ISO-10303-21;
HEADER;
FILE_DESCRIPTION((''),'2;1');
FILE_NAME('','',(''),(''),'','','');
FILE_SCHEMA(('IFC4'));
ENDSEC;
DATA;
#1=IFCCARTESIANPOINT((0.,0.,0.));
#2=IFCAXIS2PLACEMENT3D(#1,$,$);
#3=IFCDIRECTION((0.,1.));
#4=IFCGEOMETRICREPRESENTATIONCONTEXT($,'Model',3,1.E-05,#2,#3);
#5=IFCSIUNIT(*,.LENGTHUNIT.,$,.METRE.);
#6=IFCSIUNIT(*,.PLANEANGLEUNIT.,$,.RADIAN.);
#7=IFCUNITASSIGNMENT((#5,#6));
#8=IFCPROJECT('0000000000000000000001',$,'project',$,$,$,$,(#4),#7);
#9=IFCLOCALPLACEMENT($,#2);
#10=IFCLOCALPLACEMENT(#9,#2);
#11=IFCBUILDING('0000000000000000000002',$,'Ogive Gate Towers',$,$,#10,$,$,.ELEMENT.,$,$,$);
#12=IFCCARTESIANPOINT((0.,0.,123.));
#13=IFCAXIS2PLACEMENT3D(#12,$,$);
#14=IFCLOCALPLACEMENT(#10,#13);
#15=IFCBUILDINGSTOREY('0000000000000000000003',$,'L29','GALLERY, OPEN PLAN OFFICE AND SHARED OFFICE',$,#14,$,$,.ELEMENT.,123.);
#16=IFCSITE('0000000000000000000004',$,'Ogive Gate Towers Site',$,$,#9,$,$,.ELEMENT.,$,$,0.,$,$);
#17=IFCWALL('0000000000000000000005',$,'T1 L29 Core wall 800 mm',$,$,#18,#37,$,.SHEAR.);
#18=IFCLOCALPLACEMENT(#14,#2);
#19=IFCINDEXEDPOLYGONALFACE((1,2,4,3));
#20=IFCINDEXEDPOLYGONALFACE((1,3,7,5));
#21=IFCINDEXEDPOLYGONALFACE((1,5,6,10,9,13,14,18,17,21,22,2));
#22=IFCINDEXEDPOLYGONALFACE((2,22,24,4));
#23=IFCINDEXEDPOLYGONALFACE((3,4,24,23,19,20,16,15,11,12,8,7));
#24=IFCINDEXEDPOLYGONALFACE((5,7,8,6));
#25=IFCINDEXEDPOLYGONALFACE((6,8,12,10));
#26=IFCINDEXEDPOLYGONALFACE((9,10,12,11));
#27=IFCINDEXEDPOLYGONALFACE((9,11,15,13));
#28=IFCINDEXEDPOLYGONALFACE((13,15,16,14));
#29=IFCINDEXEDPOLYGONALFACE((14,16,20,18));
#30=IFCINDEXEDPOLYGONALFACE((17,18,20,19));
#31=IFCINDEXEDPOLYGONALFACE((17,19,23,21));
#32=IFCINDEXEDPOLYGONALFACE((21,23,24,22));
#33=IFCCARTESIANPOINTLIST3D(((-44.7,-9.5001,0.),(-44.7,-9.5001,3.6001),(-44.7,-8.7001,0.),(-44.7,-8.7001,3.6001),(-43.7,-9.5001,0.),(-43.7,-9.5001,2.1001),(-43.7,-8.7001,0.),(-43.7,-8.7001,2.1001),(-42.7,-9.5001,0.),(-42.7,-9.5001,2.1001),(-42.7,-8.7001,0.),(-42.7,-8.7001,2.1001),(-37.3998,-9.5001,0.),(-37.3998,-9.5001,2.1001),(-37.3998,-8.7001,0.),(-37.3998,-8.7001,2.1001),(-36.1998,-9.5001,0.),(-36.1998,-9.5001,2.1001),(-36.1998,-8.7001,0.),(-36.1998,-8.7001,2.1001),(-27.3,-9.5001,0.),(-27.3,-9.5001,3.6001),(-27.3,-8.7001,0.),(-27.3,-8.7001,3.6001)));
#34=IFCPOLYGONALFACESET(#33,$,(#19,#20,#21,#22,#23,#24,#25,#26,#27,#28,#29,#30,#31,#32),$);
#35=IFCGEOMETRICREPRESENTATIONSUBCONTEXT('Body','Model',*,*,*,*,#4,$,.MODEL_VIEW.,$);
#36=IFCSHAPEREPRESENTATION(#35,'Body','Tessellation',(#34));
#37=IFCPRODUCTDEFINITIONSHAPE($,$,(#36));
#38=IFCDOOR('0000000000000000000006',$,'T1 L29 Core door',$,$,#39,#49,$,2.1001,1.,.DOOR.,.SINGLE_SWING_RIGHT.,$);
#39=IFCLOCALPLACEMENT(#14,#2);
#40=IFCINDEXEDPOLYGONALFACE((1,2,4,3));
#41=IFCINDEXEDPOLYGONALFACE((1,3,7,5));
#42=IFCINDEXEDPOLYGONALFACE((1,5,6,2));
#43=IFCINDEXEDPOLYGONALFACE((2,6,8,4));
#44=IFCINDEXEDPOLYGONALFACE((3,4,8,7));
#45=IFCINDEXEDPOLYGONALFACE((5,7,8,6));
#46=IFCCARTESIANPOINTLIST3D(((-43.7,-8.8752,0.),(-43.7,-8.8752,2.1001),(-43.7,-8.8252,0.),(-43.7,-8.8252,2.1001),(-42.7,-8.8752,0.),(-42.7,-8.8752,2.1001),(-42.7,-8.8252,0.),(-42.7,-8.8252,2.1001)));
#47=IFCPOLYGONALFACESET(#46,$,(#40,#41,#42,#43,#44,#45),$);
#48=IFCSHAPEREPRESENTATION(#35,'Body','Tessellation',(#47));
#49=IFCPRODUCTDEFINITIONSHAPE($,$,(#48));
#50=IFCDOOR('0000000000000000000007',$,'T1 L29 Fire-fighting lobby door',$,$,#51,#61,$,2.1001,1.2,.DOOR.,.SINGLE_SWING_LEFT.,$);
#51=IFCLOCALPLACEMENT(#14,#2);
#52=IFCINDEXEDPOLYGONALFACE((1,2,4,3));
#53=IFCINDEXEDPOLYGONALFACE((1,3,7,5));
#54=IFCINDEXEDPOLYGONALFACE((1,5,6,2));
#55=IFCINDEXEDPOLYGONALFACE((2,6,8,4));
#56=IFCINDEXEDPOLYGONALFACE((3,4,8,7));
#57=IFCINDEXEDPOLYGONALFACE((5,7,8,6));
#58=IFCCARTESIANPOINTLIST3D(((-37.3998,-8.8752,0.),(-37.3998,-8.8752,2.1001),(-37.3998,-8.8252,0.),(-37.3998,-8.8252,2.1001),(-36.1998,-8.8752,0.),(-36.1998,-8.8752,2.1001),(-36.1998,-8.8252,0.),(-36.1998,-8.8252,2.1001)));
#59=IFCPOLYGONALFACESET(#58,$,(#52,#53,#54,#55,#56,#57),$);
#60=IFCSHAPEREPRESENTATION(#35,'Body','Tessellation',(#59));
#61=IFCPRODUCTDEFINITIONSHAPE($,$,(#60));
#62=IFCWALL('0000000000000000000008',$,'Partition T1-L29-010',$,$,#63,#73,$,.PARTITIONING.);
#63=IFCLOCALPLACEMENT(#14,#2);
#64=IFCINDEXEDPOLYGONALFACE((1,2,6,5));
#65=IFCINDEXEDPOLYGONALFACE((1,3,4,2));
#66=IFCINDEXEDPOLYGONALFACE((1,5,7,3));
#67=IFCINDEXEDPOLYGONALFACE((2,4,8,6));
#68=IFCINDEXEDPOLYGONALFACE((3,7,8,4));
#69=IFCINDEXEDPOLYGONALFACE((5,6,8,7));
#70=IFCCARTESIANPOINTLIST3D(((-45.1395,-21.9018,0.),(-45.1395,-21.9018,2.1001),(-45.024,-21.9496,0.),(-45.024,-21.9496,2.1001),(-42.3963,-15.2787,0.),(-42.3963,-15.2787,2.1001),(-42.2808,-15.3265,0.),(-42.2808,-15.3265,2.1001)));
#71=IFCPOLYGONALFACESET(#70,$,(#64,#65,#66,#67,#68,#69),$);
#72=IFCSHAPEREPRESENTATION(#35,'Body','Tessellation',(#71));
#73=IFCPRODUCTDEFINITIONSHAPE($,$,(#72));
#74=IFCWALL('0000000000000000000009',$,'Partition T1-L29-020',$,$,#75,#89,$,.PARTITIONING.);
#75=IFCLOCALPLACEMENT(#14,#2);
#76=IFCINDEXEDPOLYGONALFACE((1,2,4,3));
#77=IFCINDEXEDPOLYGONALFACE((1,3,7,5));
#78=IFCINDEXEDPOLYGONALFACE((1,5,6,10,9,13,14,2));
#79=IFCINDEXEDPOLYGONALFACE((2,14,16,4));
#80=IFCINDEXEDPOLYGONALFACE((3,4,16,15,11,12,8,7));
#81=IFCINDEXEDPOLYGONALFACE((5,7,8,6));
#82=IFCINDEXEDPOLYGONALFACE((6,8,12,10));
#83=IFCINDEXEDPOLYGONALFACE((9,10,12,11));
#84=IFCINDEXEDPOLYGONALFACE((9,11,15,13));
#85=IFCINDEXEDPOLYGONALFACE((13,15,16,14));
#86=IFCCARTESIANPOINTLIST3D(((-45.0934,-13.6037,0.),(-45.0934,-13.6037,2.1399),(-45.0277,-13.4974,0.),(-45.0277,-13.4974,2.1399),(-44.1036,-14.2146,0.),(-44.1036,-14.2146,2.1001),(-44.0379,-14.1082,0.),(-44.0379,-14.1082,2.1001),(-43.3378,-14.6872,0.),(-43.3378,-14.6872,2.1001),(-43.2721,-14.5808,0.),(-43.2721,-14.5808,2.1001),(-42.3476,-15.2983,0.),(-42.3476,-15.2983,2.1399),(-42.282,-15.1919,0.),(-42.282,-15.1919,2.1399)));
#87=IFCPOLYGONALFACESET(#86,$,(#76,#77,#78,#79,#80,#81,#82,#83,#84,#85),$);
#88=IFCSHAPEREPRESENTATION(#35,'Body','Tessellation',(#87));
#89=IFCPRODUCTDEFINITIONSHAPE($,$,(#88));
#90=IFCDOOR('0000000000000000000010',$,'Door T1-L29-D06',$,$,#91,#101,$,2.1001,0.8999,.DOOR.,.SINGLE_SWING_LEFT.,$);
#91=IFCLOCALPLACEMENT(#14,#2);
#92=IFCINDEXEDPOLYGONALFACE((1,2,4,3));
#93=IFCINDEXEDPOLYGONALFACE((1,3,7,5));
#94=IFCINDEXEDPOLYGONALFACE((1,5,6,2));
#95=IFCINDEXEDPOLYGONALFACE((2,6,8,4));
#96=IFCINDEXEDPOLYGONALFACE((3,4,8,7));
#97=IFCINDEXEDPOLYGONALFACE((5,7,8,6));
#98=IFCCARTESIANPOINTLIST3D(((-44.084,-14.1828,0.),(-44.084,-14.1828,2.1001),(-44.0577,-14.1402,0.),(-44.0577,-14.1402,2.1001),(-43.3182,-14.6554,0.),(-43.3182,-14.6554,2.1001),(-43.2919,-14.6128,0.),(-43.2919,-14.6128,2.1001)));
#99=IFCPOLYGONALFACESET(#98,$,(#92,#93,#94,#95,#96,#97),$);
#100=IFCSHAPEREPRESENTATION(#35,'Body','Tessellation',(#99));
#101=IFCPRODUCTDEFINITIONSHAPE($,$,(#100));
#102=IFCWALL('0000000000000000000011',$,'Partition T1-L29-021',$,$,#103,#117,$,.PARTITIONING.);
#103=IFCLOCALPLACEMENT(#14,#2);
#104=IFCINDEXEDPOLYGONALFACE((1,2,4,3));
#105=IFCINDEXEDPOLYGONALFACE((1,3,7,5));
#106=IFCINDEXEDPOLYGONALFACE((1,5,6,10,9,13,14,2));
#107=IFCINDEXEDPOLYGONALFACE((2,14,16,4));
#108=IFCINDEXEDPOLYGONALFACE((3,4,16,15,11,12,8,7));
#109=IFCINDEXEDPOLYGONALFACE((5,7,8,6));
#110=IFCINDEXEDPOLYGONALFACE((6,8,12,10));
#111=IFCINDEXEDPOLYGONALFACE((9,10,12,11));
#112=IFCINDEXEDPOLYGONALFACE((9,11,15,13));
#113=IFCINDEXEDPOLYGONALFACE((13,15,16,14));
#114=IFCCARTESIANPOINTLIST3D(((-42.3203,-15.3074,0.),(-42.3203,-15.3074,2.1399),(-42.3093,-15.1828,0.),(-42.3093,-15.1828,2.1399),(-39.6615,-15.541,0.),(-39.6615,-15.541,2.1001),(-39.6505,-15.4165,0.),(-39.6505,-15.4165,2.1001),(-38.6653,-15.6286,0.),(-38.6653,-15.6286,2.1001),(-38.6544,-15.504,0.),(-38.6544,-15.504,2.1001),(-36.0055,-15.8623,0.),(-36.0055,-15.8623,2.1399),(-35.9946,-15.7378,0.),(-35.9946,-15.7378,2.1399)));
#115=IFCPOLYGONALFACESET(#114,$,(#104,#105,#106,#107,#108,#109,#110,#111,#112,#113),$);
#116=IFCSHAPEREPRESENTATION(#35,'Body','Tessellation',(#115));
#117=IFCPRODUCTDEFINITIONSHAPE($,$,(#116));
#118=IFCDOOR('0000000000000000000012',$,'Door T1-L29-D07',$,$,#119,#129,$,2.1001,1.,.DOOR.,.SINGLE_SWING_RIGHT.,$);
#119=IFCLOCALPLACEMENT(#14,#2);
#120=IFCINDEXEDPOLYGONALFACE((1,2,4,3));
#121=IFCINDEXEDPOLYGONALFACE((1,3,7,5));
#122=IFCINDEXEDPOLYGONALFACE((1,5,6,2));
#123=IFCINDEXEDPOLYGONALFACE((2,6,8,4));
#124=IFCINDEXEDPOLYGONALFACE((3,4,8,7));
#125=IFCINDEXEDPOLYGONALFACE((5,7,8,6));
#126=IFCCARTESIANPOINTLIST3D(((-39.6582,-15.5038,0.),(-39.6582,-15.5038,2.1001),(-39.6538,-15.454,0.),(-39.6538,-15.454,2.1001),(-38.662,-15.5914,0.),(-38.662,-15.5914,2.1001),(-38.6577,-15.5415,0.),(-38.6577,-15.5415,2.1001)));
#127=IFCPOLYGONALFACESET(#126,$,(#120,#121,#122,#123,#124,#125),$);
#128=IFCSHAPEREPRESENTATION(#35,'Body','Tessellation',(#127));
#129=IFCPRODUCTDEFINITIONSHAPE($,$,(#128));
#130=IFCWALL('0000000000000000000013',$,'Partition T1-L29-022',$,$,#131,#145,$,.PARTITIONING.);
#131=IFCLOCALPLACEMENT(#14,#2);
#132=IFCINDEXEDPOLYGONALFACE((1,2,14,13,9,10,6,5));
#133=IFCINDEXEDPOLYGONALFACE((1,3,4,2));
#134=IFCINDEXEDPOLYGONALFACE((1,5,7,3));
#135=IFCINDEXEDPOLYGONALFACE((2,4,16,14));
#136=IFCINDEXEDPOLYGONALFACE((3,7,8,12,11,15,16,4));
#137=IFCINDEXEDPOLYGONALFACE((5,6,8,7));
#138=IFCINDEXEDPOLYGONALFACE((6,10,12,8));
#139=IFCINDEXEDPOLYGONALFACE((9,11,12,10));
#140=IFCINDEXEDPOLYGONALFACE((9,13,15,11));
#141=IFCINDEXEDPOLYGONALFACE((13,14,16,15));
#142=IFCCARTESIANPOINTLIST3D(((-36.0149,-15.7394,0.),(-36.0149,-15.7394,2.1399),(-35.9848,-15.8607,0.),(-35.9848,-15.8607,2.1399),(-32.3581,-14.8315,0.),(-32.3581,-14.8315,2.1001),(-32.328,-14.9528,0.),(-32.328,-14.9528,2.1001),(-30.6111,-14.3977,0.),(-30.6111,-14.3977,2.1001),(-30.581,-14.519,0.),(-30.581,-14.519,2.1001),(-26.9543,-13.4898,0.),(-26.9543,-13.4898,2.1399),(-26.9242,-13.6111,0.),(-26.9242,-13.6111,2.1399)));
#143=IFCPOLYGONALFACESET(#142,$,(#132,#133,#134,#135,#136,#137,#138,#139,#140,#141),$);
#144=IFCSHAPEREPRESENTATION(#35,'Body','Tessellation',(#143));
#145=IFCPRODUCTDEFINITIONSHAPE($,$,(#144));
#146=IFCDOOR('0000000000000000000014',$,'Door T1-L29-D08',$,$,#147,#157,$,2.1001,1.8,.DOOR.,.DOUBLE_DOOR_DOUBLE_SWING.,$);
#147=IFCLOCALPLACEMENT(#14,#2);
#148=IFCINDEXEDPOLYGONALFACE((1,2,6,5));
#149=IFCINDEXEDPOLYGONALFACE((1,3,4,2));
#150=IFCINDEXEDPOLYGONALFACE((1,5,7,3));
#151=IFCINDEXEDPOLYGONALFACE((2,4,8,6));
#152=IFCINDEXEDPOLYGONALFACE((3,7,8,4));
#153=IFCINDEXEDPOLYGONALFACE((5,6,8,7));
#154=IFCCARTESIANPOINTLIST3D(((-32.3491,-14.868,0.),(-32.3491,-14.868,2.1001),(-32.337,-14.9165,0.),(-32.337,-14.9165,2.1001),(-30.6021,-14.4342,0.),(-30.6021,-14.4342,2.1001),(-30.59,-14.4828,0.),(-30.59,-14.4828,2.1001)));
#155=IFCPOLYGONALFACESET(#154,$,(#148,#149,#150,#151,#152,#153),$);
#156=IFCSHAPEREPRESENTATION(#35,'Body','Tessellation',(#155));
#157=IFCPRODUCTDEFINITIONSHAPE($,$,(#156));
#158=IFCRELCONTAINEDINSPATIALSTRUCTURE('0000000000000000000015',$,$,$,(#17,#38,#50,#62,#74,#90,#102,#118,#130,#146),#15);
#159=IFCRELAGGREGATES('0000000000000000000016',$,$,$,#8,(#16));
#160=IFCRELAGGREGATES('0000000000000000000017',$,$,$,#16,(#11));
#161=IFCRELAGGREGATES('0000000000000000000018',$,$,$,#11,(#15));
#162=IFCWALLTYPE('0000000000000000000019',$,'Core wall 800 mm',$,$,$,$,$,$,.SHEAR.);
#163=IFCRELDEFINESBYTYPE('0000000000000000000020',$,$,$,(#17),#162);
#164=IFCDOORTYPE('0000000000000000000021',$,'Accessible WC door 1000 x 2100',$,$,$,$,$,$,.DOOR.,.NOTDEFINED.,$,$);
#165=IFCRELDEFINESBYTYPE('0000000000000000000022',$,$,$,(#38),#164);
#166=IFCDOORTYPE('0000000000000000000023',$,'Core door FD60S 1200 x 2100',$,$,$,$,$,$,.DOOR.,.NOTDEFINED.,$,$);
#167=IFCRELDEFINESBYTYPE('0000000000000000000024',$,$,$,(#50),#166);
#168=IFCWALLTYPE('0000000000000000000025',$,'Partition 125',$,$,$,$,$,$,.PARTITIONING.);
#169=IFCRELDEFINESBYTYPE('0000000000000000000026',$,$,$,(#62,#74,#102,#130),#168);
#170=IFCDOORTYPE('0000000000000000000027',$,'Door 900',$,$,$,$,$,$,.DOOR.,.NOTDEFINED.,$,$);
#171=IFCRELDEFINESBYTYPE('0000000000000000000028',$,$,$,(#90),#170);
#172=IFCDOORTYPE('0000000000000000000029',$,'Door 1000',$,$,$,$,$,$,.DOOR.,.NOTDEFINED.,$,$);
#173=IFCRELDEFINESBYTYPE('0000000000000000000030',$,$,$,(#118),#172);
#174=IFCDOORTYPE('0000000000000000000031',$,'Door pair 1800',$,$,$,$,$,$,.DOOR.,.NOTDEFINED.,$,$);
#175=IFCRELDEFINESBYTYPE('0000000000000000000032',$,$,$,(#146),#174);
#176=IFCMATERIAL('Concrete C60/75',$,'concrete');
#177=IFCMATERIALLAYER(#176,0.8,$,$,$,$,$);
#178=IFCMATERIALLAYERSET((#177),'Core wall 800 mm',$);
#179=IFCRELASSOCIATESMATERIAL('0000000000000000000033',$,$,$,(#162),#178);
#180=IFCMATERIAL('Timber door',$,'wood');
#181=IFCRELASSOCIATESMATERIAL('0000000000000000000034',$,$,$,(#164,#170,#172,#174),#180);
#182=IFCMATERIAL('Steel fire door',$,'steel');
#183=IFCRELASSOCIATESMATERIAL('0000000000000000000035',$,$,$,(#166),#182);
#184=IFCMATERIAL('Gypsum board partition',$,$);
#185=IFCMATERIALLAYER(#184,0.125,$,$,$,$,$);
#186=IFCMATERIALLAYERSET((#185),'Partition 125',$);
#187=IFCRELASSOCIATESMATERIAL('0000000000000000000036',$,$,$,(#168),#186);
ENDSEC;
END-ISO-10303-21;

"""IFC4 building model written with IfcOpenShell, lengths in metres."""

from ifc_helpers import new_model, si_unit, direction, frame, frame_2d, origin, place, context, subcontext, project, spatial, rectangle, extrude, material, layer, layer_set, type_object, element, fill, save


model = new_model("IFC4")

# Units and contexts
model_context = context("Model", 3, precision=1e-05, world=origin(), true_north=direction((0.0, 1.0)))
body_context = subcontext(model_context, "Body", "Model", "MODEL_VIEW")
ifc_project = project(units=[si_unit("LENGTHUNIT", "METRE"), si_unit("PLANEANGLEUNIT", "RADIAN")], contexts=[model_context])

# Site, building, storey
site_placement = place(None, origin())
site = spatial("IfcSite", under=ifc_project, at=site_placement, Name="Ogive Gate Towers Site", CompositionType="ELEMENT", RefElevation=0.0)
building_placement = place(site_placement, origin())
building = spatial("IfcBuilding", under=site, at=building_placement, Name="Ogive Gate Towers", CompositionType="ELEMENT")
storey_placement = place(building_placement, frame((0.0, 0.0, 123.0)))
storey = spatial("IfcBuildingStorey", under=building, at=storey_placement, Name="L29", Description="GALLERY, OPEN PLAN OFFICE AND SHARED OFFICE", CompositionType="ELEMENT", Elevation=123.0)

# Wall, openings, doors
ifc_material_1 = material(Name="Concrete C60/75", Category="concrete")
ifc_layer_1 = layer(ifc_material_1, 0.8)
ifc_layer_set_1 = layer_set([ifc_layer_1], Name="Core wall 800 mm")
wall_type_1 = type_object("IfcWallType", Name="Core wall 800 mm", PredefinedType="SHEAR", material=ifc_layer_set_1)
wall_1_placement = place(storey_placement, frame((-44.7, -9.1001, 0.0), z_axis=(0.0, 0.0, 1.0), x_axis=(1.0, 0.0, 0.0)))
wall_1 = element("IfcWall", 1, at=wall_1_placement, inside=storey, type_object=wall_type_1, Name="T1 L29 Core wall 800 mm", PredefinedType="SHEAR", context=body_context, shape_type="SweptSolid", body=[
    extrude(rectangle(XDim=17.3999, YDim=0.8, at=frame_2d((8.7, 0.0))), origin(), (0.0, 0.0, 1.0), 3.6001),
])
opening_1_placement = place(wall_1_placement, frame((7.3, 0.0, 0.0)))
opening_1 = element("IfcOpeningElement", 2, at=opening_1_placement, cuts=wall_1, PredefinedType="OPENING", context=body_context, shape_type="SweptSolid", body=[
    extrude(rectangle(XDim=1.2, YDim=2.1001, at=frame_2d((0.6001, 1.05))), frame((0.0, 0.4102, 0.0), z_axis=(0.0, -1.0, 0.0), x_axis=(1.0, 0.0, 0.0)), (0.0, 0.0, 1.0), 0.8201),
])
opening_2_placement = place(wall_1_placement, frame((1.0, 0.0, 0.0)))
opening_2 = element("IfcOpeningElement", 3, at=opening_2_placement, cuts=wall_1, PredefinedType="OPENING", context=body_context, shape_type="SweptSolid", body=[
    extrude(rectangle(XDim=1.0, YDim=2.1001, at=frame_2d((0.5, 1.05))), frame((0.0, 0.4102, 0.0), z_axis=(0.0, -1.0, 0.0), x_axis=(1.0, 0.0, 0.0)), (0.0, 0.0, 1.0), 0.8201),
])
ifc_material_2 = material(Name="Timber door", Category="wood")
door_type_1 = type_object("IfcDoorType", Name="Accessible WC door 1000 x 2100", OperationType="NOTDEFINED", PredefinedType="DOOR", material=ifc_material_2)
door_1_placement = place(opening_2_placement, origin())
door_1 = element("IfcDoor", 4, at=door_1_placement, inside=storey, type_object=door_type_1, Name="T1 L29 Core door", OperationType="SINGLE_SWING_RIGHT", OverallHeight=2.1001, OverallWidth=1.0, PredefinedType="DOOR", context=body_context, shape_type="SweptSolid", body=[
    extrude(rectangle(XDim=1.0, YDim=2.1001, at=frame_2d((0.5, 1.05))), frame((0.0, 0.2749, 0.0), z_axis=(0.0, -1.0, 0.0), x_axis=(1.0, 0.0, 0.0)), (0.0, 0.0, 1.0), 0.05),
])
fill(opening_2, door_1)
ifc_material_3 = material(Name="Steel fire door", Category="steel")
door_type_2 = type_object("IfcDoorType", Name="Core door FD60S 1200 x 2100", OperationType="NOTDEFINED", PredefinedType="DOOR", material=ifc_material_3)
door_2_placement = place(opening_1_placement, origin())
door_2 = element("IfcDoor", 5, at=door_2_placement, inside=storey, type_object=door_type_2, Name="T1 L29 Fire-fighting lobby door", OperationType="SINGLE_SWING_LEFT", OverallHeight=2.1001, OverallWidth=1.2, PredefinedType="DOOR", context=body_context, shape_type="SweptSolid", body=[
    extrude(rectangle(XDim=1.2, YDim=2.1001, at=frame_2d((0.6001, 1.05))), frame((0.0, 0.2749, 0.0), z_axis=(0.0, -1.0, 0.0), x_axis=(1.0, 0.0, 0.0)), (0.0, 0.0, 1.0), 0.05),
])
fill(opening_1, door_2)

# Wall
ifc_material_4 = material(Name="Gypsum board partition")
ifc_layer_2 = layer(ifc_material_4, 0.125)
ifc_layer_set_2 = layer_set([ifc_layer_2], Name="Partition 125")
wall_type_2 = type_object("IfcWallType", Name="Partition 125", PredefinedType="PARTITIONING", material=ifc_layer_set_2)
wall_2_placement = place(storey_placement, frame((-45.0818, -21.9258, 0.0), z_axis=(0.0, 0.0, 1.0), x_axis=(0.382661, 0.923889, 0.0)))
element("IfcWall", 6, at=wall_2_placement, inside=storey, type_object=wall_type_2, Name="Partition T1-L29-010", PredefinedType="PARTITIONING", context=body_context, shape_type="SweptSolid", body=[
    extrude(rectangle(XDim=7.1687, YDim=0.125, at=frame_2d((3.5845, 0.0))), origin(), (0.0, 0.0, 1.0), 2.1001),
])

# Walls, openings, doors
wall_3_placement = place(storey_placement, frame((-45.0605, -13.5505, 0.0), z_axis=(0.0, 0.0, 1.0), x_axis=(0.85099, -0.525182, 0.0)))
wall_3 = element("IfcWall", 7, at=wall_3_placement, inside=storey, type_object=wall_type_2, Name="Partition T1-L29-020", PredefinedType="PARTITIONING", context=body_context, shape_type="SweptSolid", body=[
    extrude(rectangle(XDim=3.2266, YDim=0.125, at=frame_2d((1.6133, 0.0))), origin(), (0.0, 0.0, 1.0), 2.1399),
])
opening_3_placement = place(wall_3_placement, frame((1.1631, 0.0, 0.0)))
opening_3 = element("IfcOpeningElement", 8, at=opening_3_placement, cuts=wall_3, PredefinedType="OPENING", context=body_context, shape_type="SweptSolid", body=[
    extrude(rectangle(XDim=0.8999, YDim=2.1001, at=frame_2d((0.45, 1.05))), frame((0.0, 0.0725, 0.0), z_axis=(0.0, -1.0, 0.0), x_axis=(1.0, 0.0, 0.0)), (0.0, 0.0, 1.0), 0.145),
])
door_type_3 = type_object("IfcDoorType", Name="Door 900", OperationType="NOTDEFINED", PredefinedType="DOOR", material=ifc_material_2)
door_3_placement = place(opening_3_placement, origin())
door_3 = element("IfcDoor", 9, at=door_3_placement, inside=storey, type_object=door_type_3, Name="Door T1-L29-D06", OperationType="SINGLE_SWING_LEFT", OverallHeight=2.1001, OverallWidth=0.8999, PredefinedType="DOOR", context=body_context, shape_type="SweptSolid", body=[
    extrude(rectangle(XDim=0.8999, YDim=2.1001, at=frame_2d((0.45, 1.05))), frame((0.0, 0.0249, 0.0), z_axis=(0.0, -1.0, 0.0), x_axis=(1.0, 0.0, 0.0)), (0.0, 0.0, 1.0), 0.05),
])
fill(opening_3, door_3)
wall_4_placement = place(storey_placement, frame((-42.3147, -15.2451, 0.0), z_axis=(0.0, 0.0, 1.0), x_axis=(0.996161, -0.087542, 0.0)))
wall_4 = element("IfcWall", 10, at=wall_4_placement, inside=storey, type_object=wall_type_2, Name="Partition T1-L29-021", PredefinedType="PARTITIONING", context=body_context, shape_type="SweptSolid", body=[
    extrude(rectangle(XDim=6.3391, YDim=0.125, at=frame_2d((3.1694, 0.0))), origin(), (0.0, 0.0, 1.0), 2.1399),
])
opening_4_placement = place(wall_4_placement, frame((2.6689, 0.0, 0.0)))
opening_4 = element("IfcOpeningElement", 11, at=opening_4_placement, cuts=wall_4, PredefinedType="OPENING", context=body_context, shape_type="SweptSolid", body=[
    extrude(rectangle(XDim=1.0, YDim=2.1001, at=frame_2d((0.5, 1.05))), frame((0.0, 0.0725, 0.0), z_axis=(0.0, -1.0, 0.0), x_axis=(1.0, 0.0, 0.0)), (0.0, 0.0, 1.0), 0.145),
])
door_type_4 = type_object("IfcDoorType", Name="Door 1000", OperationType="NOTDEFINED", PredefinedType="DOOR", material=ifc_material_2)
door_4_placement = place(opening_4_placement, origin())
door_4 = element("IfcDoor", 12, at=door_4_placement, inside=storey, type_object=door_type_4, Name="Door T1-L29-D07", OperationType="SINGLE_SWING_RIGHT", OverallHeight=2.1001, OverallWidth=1.0, PredefinedType="DOOR", context=body_context, shape_type="SweptSolid", body=[
    extrude(rectangle(XDim=1.0, YDim=2.1001, at=frame_2d((0.5, 1.05))), frame((0.0, 0.0249, 0.0), z_axis=(0.0, -1.0, 0.0), x_axis=(1.0, 0.0, 0.0)), (0.0, 0.0, 1.0), 0.05),
])
fill(opening_4, door_4)
wall_5_placement = place(storey_placement, frame((-36.0, -15.8, 0.0), z_axis=(0.0, 0.0, 1.0), x_axis=(0.970535, 0.24096, 0.0)))
wall_5 = element("IfcWall", 13, at=wall_5_placement, inside=storey, type_object=wall_type_2, Name="Partition T1-L29-022", PredefinedType="PARTITIONING", context=body_context, shape_type="SweptSolid", body=[
    extrude(rectangle(XDim=9.3357, YDim=0.125, at=frame_2d((4.668, 0.0))), origin(), (0.0, 0.0, 1.0), 2.1399),
])
opening_5_placement = place(wall_5_placement, frame((3.7681, 0.0, 0.0)))
opening_5 = element("IfcOpeningElement", 14, at=opening_5_placement, cuts=wall_5, PredefinedType="OPENING", context=body_context, shape_type="SweptSolid", body=[
    extrude(rectangle(XDim=1.8, YDim=2.1001, at=frame_2d((0.8999, 1.05))), frame((0.0, 0.0725, 0.0), z_axis=(0.0, -1.0, 0.0), x_axis=(1.0, 0.0, 0.0)), (0.0, 0.0, 1.0), 0.145),
])
door_type_5 = type_object("IfcDoorType", Name="Door pair 1800", OperationType="NOTDEFINED", PredefinedType="DOOR", material=ifc_material_2)
door_5_placement = place(opening_5_placement, origin())
door_5 = element("IfcDoor", 15, at=door_5_placement, inside=storey, type_object=door_type_5, Name="Door T1-L29-D08", OperationType="DOUBLE_DOOR_DOUBLE_SWING", OverallHeight=2.1001, OverallWidth=1.8, PredefinedType="DOOR", context=body_context, shape_type="SweptSolid", body=[
    extrude(rectangle(XDim=1.8, YDim=2.1001, at=frame_2d((0.8999, 1.05))), frame((0.0, 0.0249, 0.0), z_axis=(0.0, -1.0, 0.0), x_axis=(1.0, 0.0, 0.0)), (0.0, 0.0, 1.0), 0.05),
])
fill(opening_5, door_5)

save(model, "model.ifc")
